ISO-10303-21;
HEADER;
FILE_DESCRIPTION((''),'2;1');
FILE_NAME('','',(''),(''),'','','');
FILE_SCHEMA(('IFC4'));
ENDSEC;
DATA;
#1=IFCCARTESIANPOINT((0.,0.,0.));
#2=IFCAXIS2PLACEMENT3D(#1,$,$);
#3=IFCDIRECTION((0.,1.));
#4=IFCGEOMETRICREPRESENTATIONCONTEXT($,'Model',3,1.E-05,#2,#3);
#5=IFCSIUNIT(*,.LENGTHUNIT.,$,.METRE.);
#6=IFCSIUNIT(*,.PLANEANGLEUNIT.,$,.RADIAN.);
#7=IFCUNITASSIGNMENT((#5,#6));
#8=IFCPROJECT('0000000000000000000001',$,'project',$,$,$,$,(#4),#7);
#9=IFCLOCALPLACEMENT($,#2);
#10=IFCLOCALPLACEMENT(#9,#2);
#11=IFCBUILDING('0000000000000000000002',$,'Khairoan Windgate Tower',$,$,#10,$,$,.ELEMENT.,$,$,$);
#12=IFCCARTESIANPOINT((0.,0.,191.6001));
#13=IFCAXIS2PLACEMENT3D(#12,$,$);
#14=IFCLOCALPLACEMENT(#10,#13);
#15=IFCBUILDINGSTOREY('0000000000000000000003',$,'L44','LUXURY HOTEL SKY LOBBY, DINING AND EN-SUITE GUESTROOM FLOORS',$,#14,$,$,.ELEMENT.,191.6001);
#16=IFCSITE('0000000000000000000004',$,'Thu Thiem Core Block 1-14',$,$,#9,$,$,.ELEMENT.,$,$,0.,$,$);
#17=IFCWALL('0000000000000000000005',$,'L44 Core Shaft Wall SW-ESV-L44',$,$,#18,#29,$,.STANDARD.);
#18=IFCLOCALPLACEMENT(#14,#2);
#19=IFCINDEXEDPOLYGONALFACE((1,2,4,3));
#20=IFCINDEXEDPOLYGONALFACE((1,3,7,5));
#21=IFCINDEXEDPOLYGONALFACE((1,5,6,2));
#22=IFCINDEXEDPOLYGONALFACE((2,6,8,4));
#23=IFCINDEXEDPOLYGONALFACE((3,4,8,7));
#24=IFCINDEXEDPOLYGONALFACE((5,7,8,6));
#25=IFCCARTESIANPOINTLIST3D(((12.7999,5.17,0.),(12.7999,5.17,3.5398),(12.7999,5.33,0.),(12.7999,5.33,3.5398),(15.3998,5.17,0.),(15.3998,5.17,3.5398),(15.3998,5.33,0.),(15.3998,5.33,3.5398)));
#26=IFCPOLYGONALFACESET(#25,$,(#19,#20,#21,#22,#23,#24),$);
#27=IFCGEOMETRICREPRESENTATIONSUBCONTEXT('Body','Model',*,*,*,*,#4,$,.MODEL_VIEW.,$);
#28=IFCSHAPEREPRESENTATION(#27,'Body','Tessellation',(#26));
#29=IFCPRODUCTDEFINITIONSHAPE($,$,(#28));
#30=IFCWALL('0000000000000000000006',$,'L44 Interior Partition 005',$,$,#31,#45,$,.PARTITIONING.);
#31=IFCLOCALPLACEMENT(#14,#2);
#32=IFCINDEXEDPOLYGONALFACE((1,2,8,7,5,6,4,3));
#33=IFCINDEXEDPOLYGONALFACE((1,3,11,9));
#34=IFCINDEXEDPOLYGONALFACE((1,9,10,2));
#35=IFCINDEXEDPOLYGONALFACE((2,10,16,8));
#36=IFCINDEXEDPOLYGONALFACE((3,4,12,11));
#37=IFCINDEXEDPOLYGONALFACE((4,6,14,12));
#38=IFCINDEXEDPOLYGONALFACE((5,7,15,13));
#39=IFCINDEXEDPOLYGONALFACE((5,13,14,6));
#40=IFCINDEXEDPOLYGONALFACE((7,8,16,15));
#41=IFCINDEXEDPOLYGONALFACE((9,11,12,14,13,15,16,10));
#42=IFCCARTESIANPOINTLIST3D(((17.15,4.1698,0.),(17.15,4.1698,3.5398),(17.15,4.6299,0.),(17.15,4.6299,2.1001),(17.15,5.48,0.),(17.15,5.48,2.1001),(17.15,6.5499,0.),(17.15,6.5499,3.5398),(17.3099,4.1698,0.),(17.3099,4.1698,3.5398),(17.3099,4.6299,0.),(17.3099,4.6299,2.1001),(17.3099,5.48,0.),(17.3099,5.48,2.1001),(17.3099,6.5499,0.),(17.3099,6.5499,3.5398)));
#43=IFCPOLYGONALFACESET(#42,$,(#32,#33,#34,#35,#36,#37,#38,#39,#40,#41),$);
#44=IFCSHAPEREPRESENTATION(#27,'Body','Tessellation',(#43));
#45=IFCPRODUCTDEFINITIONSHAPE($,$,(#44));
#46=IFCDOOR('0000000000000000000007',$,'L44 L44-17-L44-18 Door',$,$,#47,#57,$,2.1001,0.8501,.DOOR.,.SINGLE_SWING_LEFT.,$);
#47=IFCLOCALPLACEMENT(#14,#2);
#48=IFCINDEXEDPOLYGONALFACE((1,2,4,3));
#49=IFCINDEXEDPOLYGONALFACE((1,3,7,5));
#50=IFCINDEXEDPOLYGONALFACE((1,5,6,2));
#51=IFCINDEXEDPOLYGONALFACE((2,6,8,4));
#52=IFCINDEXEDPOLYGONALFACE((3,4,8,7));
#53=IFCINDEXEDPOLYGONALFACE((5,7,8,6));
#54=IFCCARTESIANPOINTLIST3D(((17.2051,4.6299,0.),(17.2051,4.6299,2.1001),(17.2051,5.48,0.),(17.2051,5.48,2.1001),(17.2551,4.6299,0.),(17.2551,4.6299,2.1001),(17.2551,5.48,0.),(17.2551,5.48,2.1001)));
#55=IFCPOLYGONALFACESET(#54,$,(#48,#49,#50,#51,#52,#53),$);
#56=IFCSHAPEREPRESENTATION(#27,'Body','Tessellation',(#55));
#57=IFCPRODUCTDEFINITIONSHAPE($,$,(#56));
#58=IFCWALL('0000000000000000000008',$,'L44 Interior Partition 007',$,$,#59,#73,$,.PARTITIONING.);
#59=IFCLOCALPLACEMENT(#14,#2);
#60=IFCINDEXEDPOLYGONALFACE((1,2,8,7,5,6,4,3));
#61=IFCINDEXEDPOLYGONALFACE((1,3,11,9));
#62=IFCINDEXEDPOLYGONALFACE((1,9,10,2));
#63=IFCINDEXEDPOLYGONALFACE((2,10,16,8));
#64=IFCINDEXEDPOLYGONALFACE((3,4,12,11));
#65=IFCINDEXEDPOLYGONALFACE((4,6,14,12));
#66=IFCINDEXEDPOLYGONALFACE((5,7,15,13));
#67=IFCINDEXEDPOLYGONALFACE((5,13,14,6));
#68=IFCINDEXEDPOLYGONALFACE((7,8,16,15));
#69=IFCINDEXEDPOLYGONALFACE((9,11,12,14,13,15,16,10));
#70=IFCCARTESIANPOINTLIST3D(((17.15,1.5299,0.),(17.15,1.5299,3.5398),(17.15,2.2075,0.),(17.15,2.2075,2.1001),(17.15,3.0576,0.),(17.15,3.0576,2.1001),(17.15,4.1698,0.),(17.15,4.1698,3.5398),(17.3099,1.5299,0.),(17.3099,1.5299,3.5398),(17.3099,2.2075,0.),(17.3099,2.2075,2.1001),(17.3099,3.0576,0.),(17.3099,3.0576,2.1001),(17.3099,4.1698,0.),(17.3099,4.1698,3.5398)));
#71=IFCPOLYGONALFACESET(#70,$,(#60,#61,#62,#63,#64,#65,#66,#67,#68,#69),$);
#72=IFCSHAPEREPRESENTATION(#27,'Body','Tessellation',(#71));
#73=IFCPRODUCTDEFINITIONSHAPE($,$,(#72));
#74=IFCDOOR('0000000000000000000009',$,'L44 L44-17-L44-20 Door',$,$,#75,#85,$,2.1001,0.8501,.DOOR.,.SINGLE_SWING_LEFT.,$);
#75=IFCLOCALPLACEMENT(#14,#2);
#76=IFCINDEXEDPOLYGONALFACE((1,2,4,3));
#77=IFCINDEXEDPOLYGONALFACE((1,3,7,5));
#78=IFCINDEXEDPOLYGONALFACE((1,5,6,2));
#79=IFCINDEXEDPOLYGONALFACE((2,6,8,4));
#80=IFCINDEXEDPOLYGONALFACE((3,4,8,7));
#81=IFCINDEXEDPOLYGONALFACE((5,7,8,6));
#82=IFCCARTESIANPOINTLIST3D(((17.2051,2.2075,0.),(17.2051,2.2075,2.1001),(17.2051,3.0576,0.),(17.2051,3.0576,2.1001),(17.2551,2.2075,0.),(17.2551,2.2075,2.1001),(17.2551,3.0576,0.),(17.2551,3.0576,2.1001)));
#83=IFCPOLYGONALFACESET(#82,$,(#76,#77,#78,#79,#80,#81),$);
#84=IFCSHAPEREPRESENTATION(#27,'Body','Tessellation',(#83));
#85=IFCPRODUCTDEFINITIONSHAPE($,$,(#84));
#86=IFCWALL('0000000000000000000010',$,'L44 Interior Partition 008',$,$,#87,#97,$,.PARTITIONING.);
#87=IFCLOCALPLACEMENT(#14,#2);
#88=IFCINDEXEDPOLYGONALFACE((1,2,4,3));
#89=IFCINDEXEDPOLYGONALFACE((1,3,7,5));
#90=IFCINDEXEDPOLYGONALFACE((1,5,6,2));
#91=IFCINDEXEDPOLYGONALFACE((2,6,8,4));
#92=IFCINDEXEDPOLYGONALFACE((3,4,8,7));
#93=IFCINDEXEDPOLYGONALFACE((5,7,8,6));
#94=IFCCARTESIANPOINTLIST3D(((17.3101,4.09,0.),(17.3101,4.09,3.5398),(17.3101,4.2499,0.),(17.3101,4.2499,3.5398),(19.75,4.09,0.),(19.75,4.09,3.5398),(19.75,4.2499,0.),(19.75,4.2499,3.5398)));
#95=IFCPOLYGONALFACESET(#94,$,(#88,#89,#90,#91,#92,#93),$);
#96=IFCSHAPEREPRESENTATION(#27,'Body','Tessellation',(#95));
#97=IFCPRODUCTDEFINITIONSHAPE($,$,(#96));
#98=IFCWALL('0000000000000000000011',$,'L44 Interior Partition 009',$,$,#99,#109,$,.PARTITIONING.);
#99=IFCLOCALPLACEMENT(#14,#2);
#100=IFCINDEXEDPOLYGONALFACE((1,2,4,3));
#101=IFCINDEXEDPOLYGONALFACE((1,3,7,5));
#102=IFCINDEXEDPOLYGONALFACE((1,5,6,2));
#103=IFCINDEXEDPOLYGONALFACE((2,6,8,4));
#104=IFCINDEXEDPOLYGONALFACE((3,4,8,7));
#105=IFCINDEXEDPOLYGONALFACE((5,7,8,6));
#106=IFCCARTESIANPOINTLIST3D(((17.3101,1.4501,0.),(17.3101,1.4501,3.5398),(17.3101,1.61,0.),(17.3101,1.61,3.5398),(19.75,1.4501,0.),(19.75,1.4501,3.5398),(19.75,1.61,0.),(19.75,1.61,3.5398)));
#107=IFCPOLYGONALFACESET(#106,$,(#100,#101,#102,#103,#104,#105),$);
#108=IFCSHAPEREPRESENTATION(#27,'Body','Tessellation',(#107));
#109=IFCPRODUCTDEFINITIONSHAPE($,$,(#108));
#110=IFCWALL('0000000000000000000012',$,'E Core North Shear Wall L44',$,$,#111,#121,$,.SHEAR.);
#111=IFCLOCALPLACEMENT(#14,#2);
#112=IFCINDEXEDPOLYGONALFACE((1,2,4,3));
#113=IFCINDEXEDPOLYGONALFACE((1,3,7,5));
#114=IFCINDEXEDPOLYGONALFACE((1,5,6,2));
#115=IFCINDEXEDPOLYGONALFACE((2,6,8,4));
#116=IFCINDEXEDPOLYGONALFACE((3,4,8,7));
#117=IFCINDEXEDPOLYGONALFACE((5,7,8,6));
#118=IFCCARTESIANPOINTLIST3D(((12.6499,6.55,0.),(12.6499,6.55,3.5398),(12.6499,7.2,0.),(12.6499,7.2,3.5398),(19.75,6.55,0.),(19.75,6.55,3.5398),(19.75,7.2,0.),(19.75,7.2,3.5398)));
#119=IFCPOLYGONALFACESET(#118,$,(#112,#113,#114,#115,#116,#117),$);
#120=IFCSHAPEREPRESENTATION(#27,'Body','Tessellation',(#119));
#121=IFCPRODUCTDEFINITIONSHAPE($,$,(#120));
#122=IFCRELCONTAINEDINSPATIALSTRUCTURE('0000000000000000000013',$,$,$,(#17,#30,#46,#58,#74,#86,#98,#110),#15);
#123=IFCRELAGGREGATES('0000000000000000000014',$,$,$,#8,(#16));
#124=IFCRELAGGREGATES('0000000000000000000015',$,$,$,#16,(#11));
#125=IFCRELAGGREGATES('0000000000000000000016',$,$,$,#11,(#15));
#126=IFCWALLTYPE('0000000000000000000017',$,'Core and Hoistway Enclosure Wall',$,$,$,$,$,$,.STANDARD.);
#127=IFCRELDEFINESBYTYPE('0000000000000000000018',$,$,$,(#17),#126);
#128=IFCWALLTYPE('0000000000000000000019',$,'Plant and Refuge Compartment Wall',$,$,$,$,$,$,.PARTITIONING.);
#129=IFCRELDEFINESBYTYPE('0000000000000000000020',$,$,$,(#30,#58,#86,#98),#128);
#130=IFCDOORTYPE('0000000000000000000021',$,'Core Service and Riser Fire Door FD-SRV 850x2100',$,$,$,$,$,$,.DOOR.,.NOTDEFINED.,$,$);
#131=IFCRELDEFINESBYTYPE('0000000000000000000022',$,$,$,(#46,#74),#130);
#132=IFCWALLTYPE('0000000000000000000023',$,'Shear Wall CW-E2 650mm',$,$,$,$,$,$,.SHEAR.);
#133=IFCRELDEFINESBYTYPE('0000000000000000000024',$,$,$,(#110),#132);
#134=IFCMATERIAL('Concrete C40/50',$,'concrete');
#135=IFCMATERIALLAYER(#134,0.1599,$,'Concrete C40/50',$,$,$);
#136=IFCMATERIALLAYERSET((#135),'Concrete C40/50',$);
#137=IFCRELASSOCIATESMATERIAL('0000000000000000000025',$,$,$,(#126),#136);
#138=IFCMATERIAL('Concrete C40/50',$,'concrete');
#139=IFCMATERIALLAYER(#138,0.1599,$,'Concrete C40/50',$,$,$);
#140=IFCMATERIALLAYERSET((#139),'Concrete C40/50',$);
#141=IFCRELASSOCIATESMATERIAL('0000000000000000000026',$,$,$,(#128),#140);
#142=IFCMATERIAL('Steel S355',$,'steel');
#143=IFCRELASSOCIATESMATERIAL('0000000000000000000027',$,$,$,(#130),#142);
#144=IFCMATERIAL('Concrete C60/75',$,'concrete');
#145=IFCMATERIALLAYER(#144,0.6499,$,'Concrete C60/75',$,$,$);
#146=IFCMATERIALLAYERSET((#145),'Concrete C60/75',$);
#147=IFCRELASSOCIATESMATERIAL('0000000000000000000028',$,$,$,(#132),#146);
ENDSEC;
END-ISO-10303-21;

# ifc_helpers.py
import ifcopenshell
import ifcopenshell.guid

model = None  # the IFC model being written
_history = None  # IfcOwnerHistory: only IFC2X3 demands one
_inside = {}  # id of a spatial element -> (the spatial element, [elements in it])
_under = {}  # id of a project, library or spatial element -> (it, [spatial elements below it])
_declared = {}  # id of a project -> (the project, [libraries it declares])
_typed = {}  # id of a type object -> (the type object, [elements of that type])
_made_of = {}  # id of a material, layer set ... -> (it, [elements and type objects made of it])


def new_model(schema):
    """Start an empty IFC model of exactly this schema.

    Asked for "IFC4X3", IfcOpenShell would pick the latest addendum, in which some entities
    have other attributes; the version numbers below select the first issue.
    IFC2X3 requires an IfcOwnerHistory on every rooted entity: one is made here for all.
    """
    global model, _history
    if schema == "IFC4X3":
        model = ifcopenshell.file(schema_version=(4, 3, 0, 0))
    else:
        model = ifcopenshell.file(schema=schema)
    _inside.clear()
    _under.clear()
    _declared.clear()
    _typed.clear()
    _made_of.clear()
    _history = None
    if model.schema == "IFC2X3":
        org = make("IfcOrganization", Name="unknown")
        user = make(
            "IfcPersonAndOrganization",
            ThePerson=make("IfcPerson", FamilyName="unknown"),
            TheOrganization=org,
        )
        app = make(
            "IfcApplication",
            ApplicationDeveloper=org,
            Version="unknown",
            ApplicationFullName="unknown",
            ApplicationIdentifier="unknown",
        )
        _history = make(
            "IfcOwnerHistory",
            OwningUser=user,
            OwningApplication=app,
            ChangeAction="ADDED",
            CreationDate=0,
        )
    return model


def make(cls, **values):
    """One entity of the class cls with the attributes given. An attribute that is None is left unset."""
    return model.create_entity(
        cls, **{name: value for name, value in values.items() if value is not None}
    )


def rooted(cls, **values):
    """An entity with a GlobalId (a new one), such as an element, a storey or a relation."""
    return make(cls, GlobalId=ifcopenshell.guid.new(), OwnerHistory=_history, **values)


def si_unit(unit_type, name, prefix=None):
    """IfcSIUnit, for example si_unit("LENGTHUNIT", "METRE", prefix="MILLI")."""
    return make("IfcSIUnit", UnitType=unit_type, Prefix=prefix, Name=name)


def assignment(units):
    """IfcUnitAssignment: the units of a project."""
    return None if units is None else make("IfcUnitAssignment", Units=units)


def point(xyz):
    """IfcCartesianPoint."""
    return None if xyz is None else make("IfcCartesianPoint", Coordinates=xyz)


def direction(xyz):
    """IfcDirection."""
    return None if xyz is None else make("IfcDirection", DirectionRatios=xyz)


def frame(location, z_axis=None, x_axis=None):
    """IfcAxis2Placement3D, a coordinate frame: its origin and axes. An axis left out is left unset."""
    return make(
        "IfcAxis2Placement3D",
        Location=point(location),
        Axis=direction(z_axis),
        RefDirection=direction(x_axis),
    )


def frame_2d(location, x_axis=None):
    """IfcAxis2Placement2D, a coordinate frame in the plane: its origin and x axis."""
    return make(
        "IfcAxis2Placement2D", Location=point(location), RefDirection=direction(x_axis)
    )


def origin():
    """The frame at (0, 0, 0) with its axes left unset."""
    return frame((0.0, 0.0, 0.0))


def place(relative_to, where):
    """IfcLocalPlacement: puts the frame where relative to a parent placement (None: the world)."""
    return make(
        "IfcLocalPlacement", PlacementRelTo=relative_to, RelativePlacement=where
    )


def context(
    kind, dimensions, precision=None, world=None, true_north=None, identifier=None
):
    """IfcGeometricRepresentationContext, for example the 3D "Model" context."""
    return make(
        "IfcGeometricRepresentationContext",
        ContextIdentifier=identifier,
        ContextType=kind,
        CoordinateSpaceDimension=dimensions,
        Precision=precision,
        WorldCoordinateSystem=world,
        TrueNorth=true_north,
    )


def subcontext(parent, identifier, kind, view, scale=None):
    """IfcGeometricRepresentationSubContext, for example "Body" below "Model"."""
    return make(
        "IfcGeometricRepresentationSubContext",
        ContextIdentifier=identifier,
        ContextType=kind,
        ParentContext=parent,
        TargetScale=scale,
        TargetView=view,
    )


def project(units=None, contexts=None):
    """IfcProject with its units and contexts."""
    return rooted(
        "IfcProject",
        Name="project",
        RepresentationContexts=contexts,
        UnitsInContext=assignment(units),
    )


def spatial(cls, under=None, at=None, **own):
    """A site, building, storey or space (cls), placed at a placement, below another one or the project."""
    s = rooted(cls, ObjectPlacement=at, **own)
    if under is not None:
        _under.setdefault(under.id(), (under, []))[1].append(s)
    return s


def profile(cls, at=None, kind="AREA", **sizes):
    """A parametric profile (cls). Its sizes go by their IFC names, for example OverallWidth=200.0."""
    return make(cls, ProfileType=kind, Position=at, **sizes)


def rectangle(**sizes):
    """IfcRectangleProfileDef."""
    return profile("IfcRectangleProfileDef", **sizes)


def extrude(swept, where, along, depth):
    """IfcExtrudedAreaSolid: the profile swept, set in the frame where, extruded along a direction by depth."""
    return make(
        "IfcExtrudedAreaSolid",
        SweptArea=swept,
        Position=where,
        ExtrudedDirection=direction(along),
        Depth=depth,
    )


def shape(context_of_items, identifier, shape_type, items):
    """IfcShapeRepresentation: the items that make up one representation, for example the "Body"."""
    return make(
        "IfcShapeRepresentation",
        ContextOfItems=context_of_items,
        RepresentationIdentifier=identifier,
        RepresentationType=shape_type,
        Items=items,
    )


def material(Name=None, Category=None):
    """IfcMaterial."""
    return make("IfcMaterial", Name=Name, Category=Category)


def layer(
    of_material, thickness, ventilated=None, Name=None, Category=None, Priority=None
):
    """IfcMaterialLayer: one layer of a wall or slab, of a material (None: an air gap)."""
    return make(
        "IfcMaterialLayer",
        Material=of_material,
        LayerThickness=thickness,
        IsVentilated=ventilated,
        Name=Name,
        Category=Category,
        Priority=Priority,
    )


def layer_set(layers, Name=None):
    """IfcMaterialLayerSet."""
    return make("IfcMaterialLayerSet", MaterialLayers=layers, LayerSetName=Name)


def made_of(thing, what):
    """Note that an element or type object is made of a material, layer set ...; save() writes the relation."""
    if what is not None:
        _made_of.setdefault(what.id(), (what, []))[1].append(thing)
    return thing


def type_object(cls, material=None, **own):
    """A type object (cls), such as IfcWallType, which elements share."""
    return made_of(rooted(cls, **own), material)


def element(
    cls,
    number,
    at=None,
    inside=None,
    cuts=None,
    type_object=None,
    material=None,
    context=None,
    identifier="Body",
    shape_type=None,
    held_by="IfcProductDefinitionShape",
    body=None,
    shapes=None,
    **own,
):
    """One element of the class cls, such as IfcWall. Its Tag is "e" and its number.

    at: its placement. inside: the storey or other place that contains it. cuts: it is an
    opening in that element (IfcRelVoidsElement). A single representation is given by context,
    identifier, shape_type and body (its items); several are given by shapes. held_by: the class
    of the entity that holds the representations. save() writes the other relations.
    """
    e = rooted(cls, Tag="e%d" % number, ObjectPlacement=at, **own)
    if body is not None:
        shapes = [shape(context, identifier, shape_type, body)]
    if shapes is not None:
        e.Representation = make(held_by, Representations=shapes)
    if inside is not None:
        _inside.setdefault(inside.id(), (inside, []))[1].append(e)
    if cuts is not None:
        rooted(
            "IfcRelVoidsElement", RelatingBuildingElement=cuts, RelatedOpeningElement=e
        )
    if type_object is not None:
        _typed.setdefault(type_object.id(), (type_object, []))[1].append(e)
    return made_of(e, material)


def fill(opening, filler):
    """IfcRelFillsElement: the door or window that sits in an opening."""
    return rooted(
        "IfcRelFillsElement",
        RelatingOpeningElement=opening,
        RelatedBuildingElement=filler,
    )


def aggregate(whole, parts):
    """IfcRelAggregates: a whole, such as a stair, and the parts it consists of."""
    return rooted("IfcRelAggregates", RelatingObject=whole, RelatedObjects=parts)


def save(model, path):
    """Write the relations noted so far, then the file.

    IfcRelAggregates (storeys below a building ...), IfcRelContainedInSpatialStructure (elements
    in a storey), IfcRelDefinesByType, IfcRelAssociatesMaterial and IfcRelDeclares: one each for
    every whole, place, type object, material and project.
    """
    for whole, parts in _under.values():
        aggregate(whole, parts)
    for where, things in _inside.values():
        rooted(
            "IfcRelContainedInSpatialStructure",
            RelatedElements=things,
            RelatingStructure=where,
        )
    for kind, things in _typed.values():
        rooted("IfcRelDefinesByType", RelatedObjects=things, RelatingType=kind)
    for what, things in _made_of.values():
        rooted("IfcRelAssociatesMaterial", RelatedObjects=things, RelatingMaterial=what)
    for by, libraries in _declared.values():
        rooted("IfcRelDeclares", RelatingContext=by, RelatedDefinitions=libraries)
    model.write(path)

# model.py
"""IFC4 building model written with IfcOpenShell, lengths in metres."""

from ifc_helpers import new_model, si_unit, direction, frame, frame_2d, origin, place, context, subcontext, project, spatial, rectangle, extrude, material, layer, layer_set, type_object, element, fill, save


model = new_model("IFC4")

# Units and contexts
model_context = context("Model", 3, precision=1e-05, world=origin(), true_north=direction((0.0, 1.0)))
body_context = subcontext(model_context, "Body", "Model", "MODEL_VIEW")
ifc_project = project(units=[si_unit("LENGTHUNIT", "METRE"), si_unit("PLANEANGLEUNIT", "RADIAN")], contexts=[model_context])

# Site, building, storey
site_placement = place(None, origin())
site = spatial("IfcSite", under=ifc_project, at=site_placement, Name="Thu Thiem Core Block 1-14", CompositionType="ELEMENT", RefElevation=0.0)
building_placement = place(site_placement, origin())
building = spatial("IfcBuilding", under=site, at=building_placement, Name="Khairoan Windgate Tower", CompositionType="ELEMENT")
storey_placement = place(building_placement, frame((0.0, 0.0, 191.6001)))
storey = spatial("IfcBuildingStorey", under=building, at=storey_placement, Name="L44", Description="LUXURY HOTEL SKY LOBBY, DINING AND EN-SUITE GUESTROOM FLOORS", CompositionType="ELEMENT", Elevation=191.6001)

# Wall
ifc_material_1 = material(Name="Concrete C40/50", Category="concrete")
ifc_layer_1 = layer(ifc_material_1, 0.1599, Name="Concrete C40/50")
ifc_layer_set_1 = layer_set([ifc_layer_1], Name="Concrete C40/50")
wall_type_1 = type_object("IfcWallType", Name="Core and Hoistway Enclosure Wall", PredefinedType="STANDARD", material=ifc_layer_set_1)
wall_1_placement = place(storey_placement, frame((12.8, 5.25, 0.0), z_axis=(0.0, 0.0, 1.0), x_axis=(1.0, 0.0, 0.0)))
element("IfcWall", 1, at=wall_1_placement, inside=storey, type_object=wall_type_1, Name="L44 Core Shaft Wall SW-ESV-L44", PredefinedType="STANDARD", context=body_context, shape_type="SweptSolid", body=[
    extrude(rectangle(XDim=2.5999, YDim=0.1599, at=frame_2d((1.2998, 0.0))), origin(), (0.0, 0.0, 1.0), 3.5398),
])

# Walls, openings, doors
ifc_material_2 = material(Name="Concrete C40/50", Category="concrete")
ifc_layer_2 = layer(ifc_material_2, 0.1599, Name="Concrete C40/50")
ifc_layer_set_2 = layer_set([ifc_layer_2], Name="Concrete C40/50")
wall_type_2 = type_object("IfcWallType", Name="Plant and Refuge Compartment Wall", PredefinedType="PARTITIONING", material=ifc_layer_set_2)
wall_2_placement = place(storey_placement, frame((17.23, 4.1699, 0.0), z_axis=(0.0, 0.0, 1.0), x_axis=(0.0, 1.0, 0.0)))
wall_2 = element("IfcWall", 2, at=wall_2_placement, inside=storey, type_object=wall_type_2, Name="L44 Interior Partition 005", PredefinedType="PARTITIONING", context=body_context, shape_type="SweptSolid", body=[
    extrude(rectangle(XDim=2.3801, YDim=0.1599, at=frame_2d((1.1899, 0.0))), origin(), (0.0, 0.0, 1.0), 3.5398),
])
opening_1_placement = place(wall_2_placement, frame((0.46, 0.0, 0.0)))
opening_1 = element("IfcOpeningElement", 3, at=opening_1_placement, cuts=wall_2, PredefinedType="OPENING", context=body_context, shape_type="SweptSolid", body=[
    extrude(rectangle(XDim=0.8501, YDim=2.1001, at=frame_2d((0.425, 1.05))), frame((0.0, 0.0898, 0.0), z_axis=(0.0, -1.0, 0.0), x_axis=(1.0, 0.0, 0.0)), (0.0, 0.0, 1.0), 0.1799),
])
ifc_material_3 = material(Name="Steel S355", Category="steel")
door_type = type_object("IfcDoorType", Name="Core Service and Riser Fire Door FD-SRV 850x2100", OperationType="NOTDEFINED", PredefinedType="DOOR", material=ifc_material_3)
door_1_placement = place(opening_1_placement, origin())
door_1 = element("IfcDoor", 4, at=door_1_placement, inside=storey, type_object=door_type, Name="L44 L44-17-L44-18 Door", OperationType="SINGLE_SWING_LEFT", OverallHeight=2.1001, OverallWidth=0.8501, PredefinedType="DOOR", context=body_context, shape_type="SweptSolid", body=[
    extrude(rectangle(XDim=0.8501, YDim=2.1001, at=frame_2d((0.425, 1.05))), frame((0.0, 0.0249, 0.0), z_axis=(0.0, -1.0, 0.0), x_axis=(1.0, 0.0, 0.0)), (0.0, 0.0, 1.0), 0.05),
])
fill(opening_1, door_1)
wall_3_placement = place(storey_placement, frame((17.23, 1.53, 0.0), z_axis=(0.0, 0.0, 1.0), x_axis=(0.0, 1.0, 0.0)))
wall_3 = element("IfcWall", 5, at=wall_3_placement, inside=storey, type_object=wall_type_2, Name="L44 Interior Partition 007", PredefinedType="PARTITIONING", context=body_context, shape_type="SweptSolid", body=[
    extrude(rectangle(XDim=2.6399, YDim=0.1599, at=frame_2d((1.3198, 0.0))), origin(), (0.0, 0.0, 1.0), 3.5398),
])
opening_2_placement = place(wall_3_placement, frame((0.6775, 0.0, 0.0)))
opening_2 = element("IfcOpeningElement", 6, at=opening_2_placement, cuts=wall_3, PredefinedType="OPENING", context=body_context, shape_type="SweptSolid", body=[
    extrude(rectangle(XDim=0.8501, YDim=2.1001, at=frame_2d((0.425, 1.05))), frame((0.0, 0.0898, 0.0), z_axis=(0.0, -1.0, 0.0), x_axis=(1.0, 0.0, 0.0)), (0.0, 0.0, 1.0), 0.1799),
])
door_2_placement = place(opening_2_placement, origin())
door_2 = element("IfcDoor", 7, at=door_2_placement, inside=storey, type_object=door_type, Name="L44 L44-17-L44-20 Door", OperationType="SINGLE_SWING_LEFT", OverallHeight=2.1001, OverallWidth=0.8501, PredefinedType="DOOR", context=body_context, shape_type="SweptSolid", body=[
    extrude(rectangle(XDim=0.8501, YDim=2.1001, at=frame_2d((0.425, 1.05))), frame((0.0, 0.0249, 0.0), z_axis=(0.0, -1.0, 0.0), x_axis=(1.0, 0.0, 0.0)), (0.0, 0.0, 1.0), 0.05),
])
fill(opening_2, door_2)

# Walls
for number, where, z_axis, x_axis, name in (
    (8, (17.3101, 4.1699, 0.0), (0.0, 0.0, 1.0), (1.0, 0.0, 0.0), "L44 Interior Partition 008"),
    (9, (17.3101, 1.53, 0.0), (0.0, 0.0, 1.0), (1.0, 0.0, 0.0), "L44 Interior Partition 009"),
):
    element("IfcWall", number, at=place(storey_placement, frame(where, z_axis=z_axis, x_axis=x_axis)), inside=storey, type_object=wall_type_2, Name=name, PredefinedType="PARTITIONING", context=body_context, shape_type="SweptSolid", body=[
        extrude(rectangle(XDim=2.4399, YDim=0.1599, at=frame_2d((1.22, 0.0))), origin(), (0.0, 0.0, 1.0), 3.5398),
    ])
ifc_material_4 = material(Name="Concrete C60/75", Category="concrete")
ifc_layer_3 = layer(ifc_material_4, 0.6499, Name="Concrete C60/75")
ifc_layer_set_3 = layer_set([ifc_layer_3], Name="Concrete C60/75")
wall_type_3 = type_object("IfcWallType", Name="Shear Wall CW-E2 650mm", PredefinedType="SHEAR", material=ifc_layer_set_3)
wall_4_placement = place(storey_placement, frame((12.6499, 6.875, 0.0), z_axis=(0.0, 0.0, 1.0), x_axis=(1.0, 0.0, 0.0)))
element("IfcWall", 10, at=wall_4_placement, inside=storey, type_object=wall_type_3, Name="E Core North Shear Wall L44", PredefinedType="SHEAR", context=body_context, shape_type="SweptSolid", body=[
    extrude(rectangle(XDim=7.1001, YDim=0.6499, at=frame_2d((3.55, 0.0))), origin(), (0.0, 0.0, 1.0), 3.5398),
])

save(model, "model.ifc")
